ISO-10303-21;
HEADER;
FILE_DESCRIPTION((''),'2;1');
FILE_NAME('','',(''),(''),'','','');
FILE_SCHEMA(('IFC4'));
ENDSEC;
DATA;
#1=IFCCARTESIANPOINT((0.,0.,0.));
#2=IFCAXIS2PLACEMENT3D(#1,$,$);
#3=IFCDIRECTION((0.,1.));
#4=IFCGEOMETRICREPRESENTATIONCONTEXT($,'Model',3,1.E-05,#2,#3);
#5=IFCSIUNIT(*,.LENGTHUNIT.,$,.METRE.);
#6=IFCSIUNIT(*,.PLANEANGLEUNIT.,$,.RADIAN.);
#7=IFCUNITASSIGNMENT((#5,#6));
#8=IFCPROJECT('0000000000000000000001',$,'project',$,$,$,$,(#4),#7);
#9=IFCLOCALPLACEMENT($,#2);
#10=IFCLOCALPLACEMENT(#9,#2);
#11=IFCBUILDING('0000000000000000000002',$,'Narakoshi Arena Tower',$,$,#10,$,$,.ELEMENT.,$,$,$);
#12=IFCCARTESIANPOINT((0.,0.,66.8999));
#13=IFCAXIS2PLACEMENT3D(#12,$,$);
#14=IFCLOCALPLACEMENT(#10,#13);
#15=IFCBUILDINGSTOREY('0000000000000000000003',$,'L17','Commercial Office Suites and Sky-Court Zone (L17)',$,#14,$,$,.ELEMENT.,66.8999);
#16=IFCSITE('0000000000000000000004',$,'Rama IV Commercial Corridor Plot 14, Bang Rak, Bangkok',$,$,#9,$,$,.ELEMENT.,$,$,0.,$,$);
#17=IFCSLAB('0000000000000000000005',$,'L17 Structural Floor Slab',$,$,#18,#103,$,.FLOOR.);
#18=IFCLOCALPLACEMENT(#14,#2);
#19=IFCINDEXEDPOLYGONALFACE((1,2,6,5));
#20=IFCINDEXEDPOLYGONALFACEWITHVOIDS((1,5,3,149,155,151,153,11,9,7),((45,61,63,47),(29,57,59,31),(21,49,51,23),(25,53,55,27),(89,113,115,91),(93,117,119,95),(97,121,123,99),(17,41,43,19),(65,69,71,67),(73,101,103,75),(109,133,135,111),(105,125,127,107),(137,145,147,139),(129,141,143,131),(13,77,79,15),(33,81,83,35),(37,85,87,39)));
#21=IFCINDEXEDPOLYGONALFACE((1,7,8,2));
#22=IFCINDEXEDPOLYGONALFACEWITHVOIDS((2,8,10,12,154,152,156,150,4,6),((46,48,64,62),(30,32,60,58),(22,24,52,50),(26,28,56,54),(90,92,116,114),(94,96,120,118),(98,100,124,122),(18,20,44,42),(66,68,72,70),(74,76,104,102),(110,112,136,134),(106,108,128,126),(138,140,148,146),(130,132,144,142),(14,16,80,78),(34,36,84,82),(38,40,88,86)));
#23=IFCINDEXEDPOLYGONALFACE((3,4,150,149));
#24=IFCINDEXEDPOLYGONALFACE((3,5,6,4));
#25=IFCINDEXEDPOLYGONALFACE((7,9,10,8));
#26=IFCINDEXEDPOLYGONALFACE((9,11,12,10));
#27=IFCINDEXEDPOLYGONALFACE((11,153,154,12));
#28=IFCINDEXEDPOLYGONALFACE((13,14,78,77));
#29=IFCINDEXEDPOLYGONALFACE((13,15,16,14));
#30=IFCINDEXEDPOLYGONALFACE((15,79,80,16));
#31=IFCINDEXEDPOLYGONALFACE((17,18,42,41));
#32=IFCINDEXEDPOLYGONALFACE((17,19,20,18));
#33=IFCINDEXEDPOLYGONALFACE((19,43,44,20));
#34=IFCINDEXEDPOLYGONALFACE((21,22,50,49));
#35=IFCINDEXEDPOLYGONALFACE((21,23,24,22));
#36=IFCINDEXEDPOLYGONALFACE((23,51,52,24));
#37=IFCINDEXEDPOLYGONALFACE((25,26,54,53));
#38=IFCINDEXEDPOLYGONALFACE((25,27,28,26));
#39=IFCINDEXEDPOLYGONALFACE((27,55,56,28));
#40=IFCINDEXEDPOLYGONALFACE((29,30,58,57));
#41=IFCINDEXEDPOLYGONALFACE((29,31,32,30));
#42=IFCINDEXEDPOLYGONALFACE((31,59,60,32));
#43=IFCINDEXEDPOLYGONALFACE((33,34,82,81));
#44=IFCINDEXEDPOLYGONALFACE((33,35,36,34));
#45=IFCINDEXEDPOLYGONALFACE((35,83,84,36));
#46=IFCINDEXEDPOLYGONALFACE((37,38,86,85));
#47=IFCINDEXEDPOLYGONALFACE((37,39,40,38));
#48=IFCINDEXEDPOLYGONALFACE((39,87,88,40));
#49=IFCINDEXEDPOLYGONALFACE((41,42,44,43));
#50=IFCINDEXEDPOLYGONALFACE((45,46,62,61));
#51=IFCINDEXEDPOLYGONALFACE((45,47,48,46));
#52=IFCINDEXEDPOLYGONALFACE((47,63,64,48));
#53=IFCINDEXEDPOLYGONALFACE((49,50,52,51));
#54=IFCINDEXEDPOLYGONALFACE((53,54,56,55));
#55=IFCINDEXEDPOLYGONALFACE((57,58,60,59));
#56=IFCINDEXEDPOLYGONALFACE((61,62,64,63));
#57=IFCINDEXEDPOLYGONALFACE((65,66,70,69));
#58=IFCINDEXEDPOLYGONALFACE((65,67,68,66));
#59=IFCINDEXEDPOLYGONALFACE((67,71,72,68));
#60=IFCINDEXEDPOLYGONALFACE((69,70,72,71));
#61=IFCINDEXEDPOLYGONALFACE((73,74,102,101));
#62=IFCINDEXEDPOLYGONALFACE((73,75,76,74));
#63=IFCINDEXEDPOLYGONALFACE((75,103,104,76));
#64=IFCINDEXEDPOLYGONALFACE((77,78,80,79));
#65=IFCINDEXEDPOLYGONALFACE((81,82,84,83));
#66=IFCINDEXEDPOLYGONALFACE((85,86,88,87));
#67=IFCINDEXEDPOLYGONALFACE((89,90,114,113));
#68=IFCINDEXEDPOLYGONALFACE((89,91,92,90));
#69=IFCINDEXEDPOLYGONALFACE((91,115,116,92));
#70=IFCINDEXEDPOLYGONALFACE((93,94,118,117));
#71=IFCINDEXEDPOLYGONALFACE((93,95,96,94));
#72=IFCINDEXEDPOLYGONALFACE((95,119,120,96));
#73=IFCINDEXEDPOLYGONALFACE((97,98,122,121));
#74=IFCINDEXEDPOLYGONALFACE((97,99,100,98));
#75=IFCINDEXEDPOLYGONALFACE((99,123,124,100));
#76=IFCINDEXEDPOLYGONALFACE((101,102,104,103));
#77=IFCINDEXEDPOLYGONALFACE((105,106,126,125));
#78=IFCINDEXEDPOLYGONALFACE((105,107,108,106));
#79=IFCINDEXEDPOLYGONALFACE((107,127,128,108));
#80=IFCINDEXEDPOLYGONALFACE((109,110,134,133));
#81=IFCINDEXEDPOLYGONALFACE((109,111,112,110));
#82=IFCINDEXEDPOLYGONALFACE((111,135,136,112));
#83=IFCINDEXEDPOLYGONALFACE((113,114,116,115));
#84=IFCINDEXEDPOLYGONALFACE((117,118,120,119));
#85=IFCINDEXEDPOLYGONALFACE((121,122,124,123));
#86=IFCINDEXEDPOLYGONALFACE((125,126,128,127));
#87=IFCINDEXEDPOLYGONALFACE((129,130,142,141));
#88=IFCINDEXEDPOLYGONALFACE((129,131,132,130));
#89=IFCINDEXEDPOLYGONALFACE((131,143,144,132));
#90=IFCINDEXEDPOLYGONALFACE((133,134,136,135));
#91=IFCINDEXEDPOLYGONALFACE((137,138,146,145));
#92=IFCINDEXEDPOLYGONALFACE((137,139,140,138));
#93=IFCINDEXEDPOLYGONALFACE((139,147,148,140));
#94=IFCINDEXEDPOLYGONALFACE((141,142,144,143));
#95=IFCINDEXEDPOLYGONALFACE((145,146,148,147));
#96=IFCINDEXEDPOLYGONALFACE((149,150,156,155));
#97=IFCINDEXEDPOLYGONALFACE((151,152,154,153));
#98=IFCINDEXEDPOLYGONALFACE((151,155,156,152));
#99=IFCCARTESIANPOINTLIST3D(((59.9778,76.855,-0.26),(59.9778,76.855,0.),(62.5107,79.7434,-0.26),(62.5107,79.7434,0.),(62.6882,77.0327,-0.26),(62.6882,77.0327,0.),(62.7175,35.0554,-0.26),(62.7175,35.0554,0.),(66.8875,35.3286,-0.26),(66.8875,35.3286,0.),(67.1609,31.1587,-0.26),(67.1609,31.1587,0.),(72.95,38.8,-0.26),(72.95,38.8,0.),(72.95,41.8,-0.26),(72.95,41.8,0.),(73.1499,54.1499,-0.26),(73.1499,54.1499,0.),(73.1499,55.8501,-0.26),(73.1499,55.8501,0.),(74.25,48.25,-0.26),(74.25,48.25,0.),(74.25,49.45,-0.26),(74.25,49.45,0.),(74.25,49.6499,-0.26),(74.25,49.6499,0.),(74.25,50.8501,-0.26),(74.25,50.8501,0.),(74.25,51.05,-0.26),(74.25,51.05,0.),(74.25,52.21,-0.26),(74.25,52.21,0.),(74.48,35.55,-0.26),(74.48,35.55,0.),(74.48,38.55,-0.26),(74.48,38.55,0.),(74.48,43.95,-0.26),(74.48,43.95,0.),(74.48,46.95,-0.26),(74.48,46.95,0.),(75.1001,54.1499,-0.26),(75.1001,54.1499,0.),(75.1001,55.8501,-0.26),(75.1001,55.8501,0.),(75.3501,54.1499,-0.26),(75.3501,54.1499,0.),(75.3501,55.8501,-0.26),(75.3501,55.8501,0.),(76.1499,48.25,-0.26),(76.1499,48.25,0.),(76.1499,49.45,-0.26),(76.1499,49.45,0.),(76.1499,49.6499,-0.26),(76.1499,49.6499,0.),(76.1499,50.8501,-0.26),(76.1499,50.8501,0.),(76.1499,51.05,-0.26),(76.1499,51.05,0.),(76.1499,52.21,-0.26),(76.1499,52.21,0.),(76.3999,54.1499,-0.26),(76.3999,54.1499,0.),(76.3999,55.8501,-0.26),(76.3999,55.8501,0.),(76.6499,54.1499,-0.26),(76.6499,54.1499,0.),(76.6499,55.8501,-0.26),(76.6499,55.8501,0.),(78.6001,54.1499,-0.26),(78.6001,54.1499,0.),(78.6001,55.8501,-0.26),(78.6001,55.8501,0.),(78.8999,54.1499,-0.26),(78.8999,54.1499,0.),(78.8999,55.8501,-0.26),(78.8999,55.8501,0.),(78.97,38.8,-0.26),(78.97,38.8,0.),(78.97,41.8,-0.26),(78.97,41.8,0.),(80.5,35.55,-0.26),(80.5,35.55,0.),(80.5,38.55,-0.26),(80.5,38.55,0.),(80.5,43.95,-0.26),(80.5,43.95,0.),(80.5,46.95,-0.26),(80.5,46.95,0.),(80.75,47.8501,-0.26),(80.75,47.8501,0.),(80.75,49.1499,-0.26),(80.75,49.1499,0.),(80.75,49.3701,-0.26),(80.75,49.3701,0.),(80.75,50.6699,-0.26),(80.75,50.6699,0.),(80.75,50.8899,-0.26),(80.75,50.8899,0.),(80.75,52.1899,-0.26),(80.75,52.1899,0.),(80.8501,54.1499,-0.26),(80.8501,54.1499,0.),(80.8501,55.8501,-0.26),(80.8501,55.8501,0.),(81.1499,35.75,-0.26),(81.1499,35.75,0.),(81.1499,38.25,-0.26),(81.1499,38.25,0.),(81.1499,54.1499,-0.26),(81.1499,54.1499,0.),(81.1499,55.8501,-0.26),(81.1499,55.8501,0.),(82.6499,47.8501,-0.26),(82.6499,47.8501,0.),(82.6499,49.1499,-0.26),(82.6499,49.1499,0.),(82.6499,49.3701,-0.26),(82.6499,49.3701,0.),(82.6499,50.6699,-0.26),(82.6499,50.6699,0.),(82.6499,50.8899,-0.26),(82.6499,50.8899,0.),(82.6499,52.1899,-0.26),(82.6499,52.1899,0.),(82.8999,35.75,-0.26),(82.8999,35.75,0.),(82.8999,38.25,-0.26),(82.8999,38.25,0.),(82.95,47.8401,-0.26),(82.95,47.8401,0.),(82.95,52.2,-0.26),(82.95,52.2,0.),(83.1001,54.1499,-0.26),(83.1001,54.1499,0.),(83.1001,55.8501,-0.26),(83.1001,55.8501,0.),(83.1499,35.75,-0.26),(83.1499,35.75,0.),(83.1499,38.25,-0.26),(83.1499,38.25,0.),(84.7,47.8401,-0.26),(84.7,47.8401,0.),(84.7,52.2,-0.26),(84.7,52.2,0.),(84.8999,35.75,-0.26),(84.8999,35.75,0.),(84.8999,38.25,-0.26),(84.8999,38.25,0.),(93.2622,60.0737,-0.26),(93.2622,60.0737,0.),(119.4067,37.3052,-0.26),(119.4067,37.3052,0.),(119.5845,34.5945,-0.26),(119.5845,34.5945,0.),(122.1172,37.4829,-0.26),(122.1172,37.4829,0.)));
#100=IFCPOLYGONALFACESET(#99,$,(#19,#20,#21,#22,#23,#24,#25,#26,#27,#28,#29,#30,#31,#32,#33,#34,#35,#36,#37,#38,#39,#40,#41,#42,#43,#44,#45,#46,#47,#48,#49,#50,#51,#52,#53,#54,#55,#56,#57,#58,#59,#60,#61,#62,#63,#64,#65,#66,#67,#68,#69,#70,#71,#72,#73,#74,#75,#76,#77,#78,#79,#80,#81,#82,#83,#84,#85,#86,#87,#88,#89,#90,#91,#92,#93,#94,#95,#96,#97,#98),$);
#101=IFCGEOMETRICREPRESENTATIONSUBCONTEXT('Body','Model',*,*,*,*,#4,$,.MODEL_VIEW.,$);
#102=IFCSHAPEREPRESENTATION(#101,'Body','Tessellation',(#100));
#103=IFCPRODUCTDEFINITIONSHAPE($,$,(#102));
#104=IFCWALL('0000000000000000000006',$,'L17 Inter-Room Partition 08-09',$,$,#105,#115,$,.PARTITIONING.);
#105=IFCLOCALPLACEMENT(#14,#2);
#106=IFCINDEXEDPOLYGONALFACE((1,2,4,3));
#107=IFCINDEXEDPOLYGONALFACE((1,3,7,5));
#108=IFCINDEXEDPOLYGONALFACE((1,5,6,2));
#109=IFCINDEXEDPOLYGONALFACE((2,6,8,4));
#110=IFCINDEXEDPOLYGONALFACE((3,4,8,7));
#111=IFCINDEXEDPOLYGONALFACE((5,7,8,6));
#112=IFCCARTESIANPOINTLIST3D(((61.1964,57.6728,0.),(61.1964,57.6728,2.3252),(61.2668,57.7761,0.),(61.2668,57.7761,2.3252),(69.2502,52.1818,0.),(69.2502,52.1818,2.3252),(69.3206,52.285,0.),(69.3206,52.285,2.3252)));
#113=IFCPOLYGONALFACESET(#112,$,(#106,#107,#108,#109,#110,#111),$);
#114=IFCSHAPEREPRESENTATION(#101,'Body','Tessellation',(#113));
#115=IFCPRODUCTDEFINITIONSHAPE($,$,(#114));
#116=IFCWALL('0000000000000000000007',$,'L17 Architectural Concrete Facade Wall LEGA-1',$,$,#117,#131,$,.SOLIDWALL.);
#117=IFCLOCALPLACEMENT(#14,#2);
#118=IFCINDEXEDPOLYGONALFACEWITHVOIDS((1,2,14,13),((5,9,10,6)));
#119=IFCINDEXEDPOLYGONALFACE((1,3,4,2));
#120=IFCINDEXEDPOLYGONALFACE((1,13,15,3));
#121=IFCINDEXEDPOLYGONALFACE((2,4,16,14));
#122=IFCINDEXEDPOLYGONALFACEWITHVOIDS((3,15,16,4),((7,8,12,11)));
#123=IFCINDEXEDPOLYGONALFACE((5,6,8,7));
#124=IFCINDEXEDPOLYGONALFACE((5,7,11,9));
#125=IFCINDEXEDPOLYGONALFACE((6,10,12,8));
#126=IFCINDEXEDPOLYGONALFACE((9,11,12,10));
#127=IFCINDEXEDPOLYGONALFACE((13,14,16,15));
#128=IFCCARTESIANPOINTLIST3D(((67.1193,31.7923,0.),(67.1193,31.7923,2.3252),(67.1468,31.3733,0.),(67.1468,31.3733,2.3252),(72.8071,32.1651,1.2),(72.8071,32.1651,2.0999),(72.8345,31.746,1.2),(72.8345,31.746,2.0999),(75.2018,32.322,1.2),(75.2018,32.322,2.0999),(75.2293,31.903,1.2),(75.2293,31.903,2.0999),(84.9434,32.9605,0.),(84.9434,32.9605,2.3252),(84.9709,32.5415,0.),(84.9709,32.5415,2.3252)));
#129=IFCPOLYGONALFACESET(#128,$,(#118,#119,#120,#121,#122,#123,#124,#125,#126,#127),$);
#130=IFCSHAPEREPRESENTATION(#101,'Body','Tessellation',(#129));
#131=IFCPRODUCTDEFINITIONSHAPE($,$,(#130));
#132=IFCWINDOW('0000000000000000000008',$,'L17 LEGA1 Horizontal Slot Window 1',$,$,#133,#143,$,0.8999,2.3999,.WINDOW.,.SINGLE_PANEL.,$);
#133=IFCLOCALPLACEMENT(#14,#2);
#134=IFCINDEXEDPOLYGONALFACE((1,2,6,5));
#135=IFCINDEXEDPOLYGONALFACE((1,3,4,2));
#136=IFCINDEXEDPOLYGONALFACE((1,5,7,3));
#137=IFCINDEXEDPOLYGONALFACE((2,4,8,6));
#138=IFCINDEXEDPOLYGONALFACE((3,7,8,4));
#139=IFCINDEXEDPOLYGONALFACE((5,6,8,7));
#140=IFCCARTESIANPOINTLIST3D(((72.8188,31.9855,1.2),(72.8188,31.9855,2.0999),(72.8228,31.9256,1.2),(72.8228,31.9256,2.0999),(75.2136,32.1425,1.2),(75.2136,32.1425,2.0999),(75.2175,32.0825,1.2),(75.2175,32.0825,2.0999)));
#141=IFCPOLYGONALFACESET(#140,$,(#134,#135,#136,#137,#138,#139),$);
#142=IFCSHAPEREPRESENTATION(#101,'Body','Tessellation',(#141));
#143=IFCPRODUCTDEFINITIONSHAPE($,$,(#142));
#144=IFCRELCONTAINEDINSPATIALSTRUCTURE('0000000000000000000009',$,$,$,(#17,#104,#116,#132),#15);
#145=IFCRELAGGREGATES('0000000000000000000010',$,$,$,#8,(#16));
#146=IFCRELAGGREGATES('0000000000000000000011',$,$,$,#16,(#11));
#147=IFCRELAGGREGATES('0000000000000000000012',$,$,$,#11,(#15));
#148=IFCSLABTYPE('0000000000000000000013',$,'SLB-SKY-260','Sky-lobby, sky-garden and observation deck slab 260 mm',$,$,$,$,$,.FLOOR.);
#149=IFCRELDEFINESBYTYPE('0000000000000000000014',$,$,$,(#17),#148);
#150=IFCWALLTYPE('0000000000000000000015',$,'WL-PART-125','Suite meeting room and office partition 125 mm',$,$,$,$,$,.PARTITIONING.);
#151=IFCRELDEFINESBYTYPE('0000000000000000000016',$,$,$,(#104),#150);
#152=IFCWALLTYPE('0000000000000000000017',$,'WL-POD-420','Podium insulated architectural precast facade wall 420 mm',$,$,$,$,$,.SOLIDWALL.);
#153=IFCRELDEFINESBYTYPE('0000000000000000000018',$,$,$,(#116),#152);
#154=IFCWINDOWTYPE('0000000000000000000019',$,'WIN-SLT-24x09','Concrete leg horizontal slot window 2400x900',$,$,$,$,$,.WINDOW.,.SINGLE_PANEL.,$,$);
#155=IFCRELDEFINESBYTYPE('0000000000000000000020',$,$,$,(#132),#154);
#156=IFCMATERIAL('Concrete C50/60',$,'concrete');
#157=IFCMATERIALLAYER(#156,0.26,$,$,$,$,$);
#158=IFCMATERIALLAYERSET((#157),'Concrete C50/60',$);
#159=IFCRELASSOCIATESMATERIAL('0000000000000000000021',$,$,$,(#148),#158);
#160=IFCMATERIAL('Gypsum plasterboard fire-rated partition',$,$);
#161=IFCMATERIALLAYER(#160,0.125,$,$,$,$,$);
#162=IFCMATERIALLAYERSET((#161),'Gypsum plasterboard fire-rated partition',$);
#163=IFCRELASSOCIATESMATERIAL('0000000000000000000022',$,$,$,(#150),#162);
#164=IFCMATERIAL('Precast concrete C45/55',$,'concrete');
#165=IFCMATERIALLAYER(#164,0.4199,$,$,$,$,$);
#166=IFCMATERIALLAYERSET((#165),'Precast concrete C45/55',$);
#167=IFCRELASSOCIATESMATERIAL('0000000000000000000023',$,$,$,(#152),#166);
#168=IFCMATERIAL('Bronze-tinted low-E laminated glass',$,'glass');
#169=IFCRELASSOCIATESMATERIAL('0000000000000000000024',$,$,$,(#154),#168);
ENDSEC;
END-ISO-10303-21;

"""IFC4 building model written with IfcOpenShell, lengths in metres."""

from ifc_helpers import new_model, si_unit, direction, frame, frame_2d, origin, place, context, subcontext, project, spatial, polyline, rectangle, outline, extrude, material, layer, layer_set, type_object, element, fill, save


model = new_model("IFC4")

# Units and contexts
model_context = context("Model", 3, precision=1e-05, world=origin(), true_north=direction((0.0, 1.0)))
body_context = subcontext(model_context, "Body", "Model", "MODEL_VIEW")
ifc_project = project(units=[si_unit("LENGTHUNIT", "METRE"), si_unit("PLANEANGLEUNIT", "RADIAN")], contexts=[model_context])

# Site, building, storey
site_placement = place(None, origin())
site = spatial("IfcSite", under=ifc_project, at=site_placement, Name="Rama IV Commercial Corridor Plot 14, Bang Rak, Bangkok", CompositionType="ELEMENT", RefElevation=0.0)
building_placement = place(site_placement, origin())
building = spatial("IfcBuilding", under=site, at=building_placement, Name="Narakoshi Arena Tower", CompositionType="ELEMENT")
storey_placement = place(building_placement, frame((0.0, 0.0, 66.8999)))
storey = spatial("IfcBuildingStorey", under=building, at=storey_placement, Name="L17", Description="Commercial Office Suites and Sky-Court Zone (L17)", CompositionType="ELEMENT", Elevation=66.8999)

# Slab
ifc_material_1 = material(Name="Concrete C50/60", Category="concrete")
ifc_layer_1 = layer(ifc_material_1, 0.26)
ifc_layer_set_1 = layer_set([ifc_layer_1], Name="Concrete C50/60")
slab_type_1 = type_object("IfcSlabType", Name="SLB-SKY-260", Description="Sky-lobby, sky-garden and observation deck slab 260 mm", PredefinedType="FLOOR", material=ifc_layer_set_1)
slab_1_placement = place(storey_placement, frame((0.0, 0.0, -0.26)))
element("IfcSlab", 1, at=slab_1_placement, inside=storey, type_object=slab_type_1, Name="L17 Structural Floor Slab", PredefinedType="FLOOR", context=body_context, shape_type="SweptSolid", body=[
    extrude(outline(polyline([(67.1609, 31.1587), (119.5845, 34.5945), (119.4067, 37.3052), (122.1172, 37.4829), (93.2622, 60.0737), (62.5107, 79.7434), (62.6882, 77.0327), (59.9778, 76.855), (62.7175, 35.0554), (66.8875, 35.3286), (67.1609, 31.1587)]), holes=[polyline([(74.48, 35.55), (74.48, 38.55), (80.5, 38.55), (80.5, 35.55), (74.48, 35.55)]), polyline([(81.1499, 35.75), (81.1499, 38.25), (82.8999, 38.25), (82.8999, 35.75), (81.1499, 35.75)]), polyline([(83.1499, 35.75), (83.1499, 38.25), (84.8999, 38.25), (84.8999, 35.75), (83.1499, 35.75)]), polyline([(72.95, 38.8), (72.95, 41.8), (78.97, 41.8), (78.97, 38.8), (72.95, 38.8)]), polyline([(74.48, 43.95), (74.48, 46.95), (80.5, 46.95), (80.5, 43.95), (74.48, 43.95)]), polyline([(82.95, 47.8401), (82.95, 52.2), (84.7, 52.2), (84.7, 47.8401), (82.95, 47.8401)]), polyline([(80.75, 47.8501), (80.75, 49.1499), (82.6499, 49.1499), (82.6499, 47.8501), (80.75, 47.8501)]), polyline([(74.25, 48.25), (74.25, 49.45), (76.1499, 49.45), (76.1499, 48.25), (74.25, 48.25)]), polyline([(80.75, 49.3701), (80.75, 50.6699), (82.6499, 50.6699), (82.6499, 49.3701), (80.75, 49.3701)]), polyline([(74.25, 49.6499), (74.25, 50.8501), (76.1499, 50.8501), (76.1499, 49.6499), (74.25, 49.6499)]), polyline([(80.75, 50.8899), (80.75, 52.1899), (82.6499, 52.1899), (82.6499, 50.8899), (80.75, 50.8899)]), polyline([(74.25, 51.05), (74.25, 52.21), (76.1499, 52.21), (76.1499, 51.05), (74.25, 51.05)]), polyline([(73.1499, 54.1499), (73.1499, 55.8501), (75.1001, 55.8501), (75.1001, 54.1499), (73.1499, 54.1499)]), polyline([(75.3501, 54.1499), (75.3501, 55.8501), (76.3999, 55.8501), (76.3999, 54.1499), (75.3501, 54.1499)]), polyline([(76.6499, 54.1499), (76.6499, 55.8501), (78.6001, 55.8501), (78.6001, 54.1499), (76.6499, 54.1499)]), polyline([(78.8999, 55.8501), (80.8501, 55.8501), (80.8501, 54.1499), (78.8999, 54.1499), (78.8999, 55.8501)]), polyline([(81.1499, 55.8501), (83.1001, 55.8501), (83.1001, 54.1499), (81.1499, 54.1499), (81.1499, 55.8501)])]), origin(), (0.0, 0.0, 1.0), 0.26),
])

# Wall
ifc_material_2 = material(Name="Gypsum plasterboard fire-rated partition")
ifc_layer_2 = layer(ifc_material_2, 0.125)
ifc_layer_set_2 = layer_set([ifc_layer_2], Name="Gypsum plasterboard fire-rated partition")
wall_type_1 = type_object("IfcWallType", Name="WL-PART-125", Description="Suite meeting room and office partition 125 mm", PredefinedType="PARTITIONING", material=ifc_layer_set_2)
wall_1_placement = place(storey_placement, frame((69.2854, 52.2334, 0.0), z_axis=(0.0, 0.0, 1.0), x_axis=(-0.826237, 0.563323, 0.0)))
element("IfcWall", 2, at=wall_1_placement, inside=storey, type_object=wall_type_1, Name="L17 Inter-Room Partition 08-09", PredefinedType="PARTITIONING", context=body_context, shape_type="SweptSolid", body=[
    extrude(rectangle(XDim=9.7476, YDim=0.125, at=frame_2d((4.8738, 0.0))), origin(), (0.0, 0.0, 1.0), 2.3252),
])

# Wall, opening, window
ifc_material_3 = material(Name="Precast concrete C45/55", Category="concrete")
ifc_layer_3 = layer(ifc_material_3, 0.4199)
ifc_layer_set_3 = layer_set([ifc_layer_3], Name="Precast concrete C45/55")
wall_type_2 = type_object("IfcWallType", Name="WL-POD-420", Description="Podium insulated architectural precast facade wall 420 mm", PredefinedType="SOLIDWALL", material=ifc_layer_set_3)
wall_2_placement = place(storey_placement, frame((67.1331, 31.5828, 0.0), z_axis=(0.0, 0.0, 1.0), x_axis=(0.997859, 0.065401, 0.0)))
wall_2 = element("IfcWall", 3, at=wall_2_placement, inside=storey, type_object=wall_type_2, Name="L17 Architectural Concrete Facade Wall LEGA-1", PredefinedType="SOLIDWALL", context=body_context, shape_type="SweptSolid", body=[
    extrude(rectangle(XDim=17.8623, YDim=0.4199, at=frame_2d((8.9312, 0.0))), origin(), (0.0, 0.0, 1.0), 2.3252),
])
opening_1_placement = place(wall_2_placement, frame((5.7, 0.0, 1.2)))
opening_1 = element("IfcOpeningElement", 4, at=opening_1_placement, cuts=wall_2, PredefinedType="OPENING", context=body_context, shape_type="SweptSolid", body=[
    extrude(rectangle(XDim=2.3999, YDim=0.8999, at=frame_2d((1.2, 0.45))), frame((0.0, 0.22, 0.0), z_axis=(0.0, -1.0, 0.0), x_axis=(1.0, 0.0, 0.0)), (0.0, 0.0, 1.0), 0.4399),
])
ifc_material_4 = material(Name="Bronze-tinted low-E laminated glass", Category="glass")
window_type_1 = type_object("IfcWindowType", Name="WIN-SLT-24x09", Description="Concrete leg horizontal slot window 2400x900", PartitioningType="SINGLE_PANEL", PredefinedType="WINDOW", material=ifc_material_4)
window_1_placement = place(opening_1_placement, origin())
window_1 = element("IfcWindow", 5, at=window_1_placement, inside=storey, type_object=window_type_1, Name="L17 LEGA1 Horizontal Slot Window 1", OverallHeight=0.8999, OverallWidth=2.3999, PartitioningType="SINGLE_PANEL", PredefinedType="WINDOW", context=body_context, shape_type="SweptSolid", body=[
    extrude(rectangle(XDim=2.3999, YDim=0.8999, at=frame_2d((1.2, 0.45))), frame((0.0, 0.03, 0.0), z_axis=(0.0, -1.0, 0.0), x_axis=(1.0, 0.0, 0.0)), (0.0, 0.0, 1.0), 0.0601),
])
fill(opening_1, window_1)

save(model, "model.ifc")
